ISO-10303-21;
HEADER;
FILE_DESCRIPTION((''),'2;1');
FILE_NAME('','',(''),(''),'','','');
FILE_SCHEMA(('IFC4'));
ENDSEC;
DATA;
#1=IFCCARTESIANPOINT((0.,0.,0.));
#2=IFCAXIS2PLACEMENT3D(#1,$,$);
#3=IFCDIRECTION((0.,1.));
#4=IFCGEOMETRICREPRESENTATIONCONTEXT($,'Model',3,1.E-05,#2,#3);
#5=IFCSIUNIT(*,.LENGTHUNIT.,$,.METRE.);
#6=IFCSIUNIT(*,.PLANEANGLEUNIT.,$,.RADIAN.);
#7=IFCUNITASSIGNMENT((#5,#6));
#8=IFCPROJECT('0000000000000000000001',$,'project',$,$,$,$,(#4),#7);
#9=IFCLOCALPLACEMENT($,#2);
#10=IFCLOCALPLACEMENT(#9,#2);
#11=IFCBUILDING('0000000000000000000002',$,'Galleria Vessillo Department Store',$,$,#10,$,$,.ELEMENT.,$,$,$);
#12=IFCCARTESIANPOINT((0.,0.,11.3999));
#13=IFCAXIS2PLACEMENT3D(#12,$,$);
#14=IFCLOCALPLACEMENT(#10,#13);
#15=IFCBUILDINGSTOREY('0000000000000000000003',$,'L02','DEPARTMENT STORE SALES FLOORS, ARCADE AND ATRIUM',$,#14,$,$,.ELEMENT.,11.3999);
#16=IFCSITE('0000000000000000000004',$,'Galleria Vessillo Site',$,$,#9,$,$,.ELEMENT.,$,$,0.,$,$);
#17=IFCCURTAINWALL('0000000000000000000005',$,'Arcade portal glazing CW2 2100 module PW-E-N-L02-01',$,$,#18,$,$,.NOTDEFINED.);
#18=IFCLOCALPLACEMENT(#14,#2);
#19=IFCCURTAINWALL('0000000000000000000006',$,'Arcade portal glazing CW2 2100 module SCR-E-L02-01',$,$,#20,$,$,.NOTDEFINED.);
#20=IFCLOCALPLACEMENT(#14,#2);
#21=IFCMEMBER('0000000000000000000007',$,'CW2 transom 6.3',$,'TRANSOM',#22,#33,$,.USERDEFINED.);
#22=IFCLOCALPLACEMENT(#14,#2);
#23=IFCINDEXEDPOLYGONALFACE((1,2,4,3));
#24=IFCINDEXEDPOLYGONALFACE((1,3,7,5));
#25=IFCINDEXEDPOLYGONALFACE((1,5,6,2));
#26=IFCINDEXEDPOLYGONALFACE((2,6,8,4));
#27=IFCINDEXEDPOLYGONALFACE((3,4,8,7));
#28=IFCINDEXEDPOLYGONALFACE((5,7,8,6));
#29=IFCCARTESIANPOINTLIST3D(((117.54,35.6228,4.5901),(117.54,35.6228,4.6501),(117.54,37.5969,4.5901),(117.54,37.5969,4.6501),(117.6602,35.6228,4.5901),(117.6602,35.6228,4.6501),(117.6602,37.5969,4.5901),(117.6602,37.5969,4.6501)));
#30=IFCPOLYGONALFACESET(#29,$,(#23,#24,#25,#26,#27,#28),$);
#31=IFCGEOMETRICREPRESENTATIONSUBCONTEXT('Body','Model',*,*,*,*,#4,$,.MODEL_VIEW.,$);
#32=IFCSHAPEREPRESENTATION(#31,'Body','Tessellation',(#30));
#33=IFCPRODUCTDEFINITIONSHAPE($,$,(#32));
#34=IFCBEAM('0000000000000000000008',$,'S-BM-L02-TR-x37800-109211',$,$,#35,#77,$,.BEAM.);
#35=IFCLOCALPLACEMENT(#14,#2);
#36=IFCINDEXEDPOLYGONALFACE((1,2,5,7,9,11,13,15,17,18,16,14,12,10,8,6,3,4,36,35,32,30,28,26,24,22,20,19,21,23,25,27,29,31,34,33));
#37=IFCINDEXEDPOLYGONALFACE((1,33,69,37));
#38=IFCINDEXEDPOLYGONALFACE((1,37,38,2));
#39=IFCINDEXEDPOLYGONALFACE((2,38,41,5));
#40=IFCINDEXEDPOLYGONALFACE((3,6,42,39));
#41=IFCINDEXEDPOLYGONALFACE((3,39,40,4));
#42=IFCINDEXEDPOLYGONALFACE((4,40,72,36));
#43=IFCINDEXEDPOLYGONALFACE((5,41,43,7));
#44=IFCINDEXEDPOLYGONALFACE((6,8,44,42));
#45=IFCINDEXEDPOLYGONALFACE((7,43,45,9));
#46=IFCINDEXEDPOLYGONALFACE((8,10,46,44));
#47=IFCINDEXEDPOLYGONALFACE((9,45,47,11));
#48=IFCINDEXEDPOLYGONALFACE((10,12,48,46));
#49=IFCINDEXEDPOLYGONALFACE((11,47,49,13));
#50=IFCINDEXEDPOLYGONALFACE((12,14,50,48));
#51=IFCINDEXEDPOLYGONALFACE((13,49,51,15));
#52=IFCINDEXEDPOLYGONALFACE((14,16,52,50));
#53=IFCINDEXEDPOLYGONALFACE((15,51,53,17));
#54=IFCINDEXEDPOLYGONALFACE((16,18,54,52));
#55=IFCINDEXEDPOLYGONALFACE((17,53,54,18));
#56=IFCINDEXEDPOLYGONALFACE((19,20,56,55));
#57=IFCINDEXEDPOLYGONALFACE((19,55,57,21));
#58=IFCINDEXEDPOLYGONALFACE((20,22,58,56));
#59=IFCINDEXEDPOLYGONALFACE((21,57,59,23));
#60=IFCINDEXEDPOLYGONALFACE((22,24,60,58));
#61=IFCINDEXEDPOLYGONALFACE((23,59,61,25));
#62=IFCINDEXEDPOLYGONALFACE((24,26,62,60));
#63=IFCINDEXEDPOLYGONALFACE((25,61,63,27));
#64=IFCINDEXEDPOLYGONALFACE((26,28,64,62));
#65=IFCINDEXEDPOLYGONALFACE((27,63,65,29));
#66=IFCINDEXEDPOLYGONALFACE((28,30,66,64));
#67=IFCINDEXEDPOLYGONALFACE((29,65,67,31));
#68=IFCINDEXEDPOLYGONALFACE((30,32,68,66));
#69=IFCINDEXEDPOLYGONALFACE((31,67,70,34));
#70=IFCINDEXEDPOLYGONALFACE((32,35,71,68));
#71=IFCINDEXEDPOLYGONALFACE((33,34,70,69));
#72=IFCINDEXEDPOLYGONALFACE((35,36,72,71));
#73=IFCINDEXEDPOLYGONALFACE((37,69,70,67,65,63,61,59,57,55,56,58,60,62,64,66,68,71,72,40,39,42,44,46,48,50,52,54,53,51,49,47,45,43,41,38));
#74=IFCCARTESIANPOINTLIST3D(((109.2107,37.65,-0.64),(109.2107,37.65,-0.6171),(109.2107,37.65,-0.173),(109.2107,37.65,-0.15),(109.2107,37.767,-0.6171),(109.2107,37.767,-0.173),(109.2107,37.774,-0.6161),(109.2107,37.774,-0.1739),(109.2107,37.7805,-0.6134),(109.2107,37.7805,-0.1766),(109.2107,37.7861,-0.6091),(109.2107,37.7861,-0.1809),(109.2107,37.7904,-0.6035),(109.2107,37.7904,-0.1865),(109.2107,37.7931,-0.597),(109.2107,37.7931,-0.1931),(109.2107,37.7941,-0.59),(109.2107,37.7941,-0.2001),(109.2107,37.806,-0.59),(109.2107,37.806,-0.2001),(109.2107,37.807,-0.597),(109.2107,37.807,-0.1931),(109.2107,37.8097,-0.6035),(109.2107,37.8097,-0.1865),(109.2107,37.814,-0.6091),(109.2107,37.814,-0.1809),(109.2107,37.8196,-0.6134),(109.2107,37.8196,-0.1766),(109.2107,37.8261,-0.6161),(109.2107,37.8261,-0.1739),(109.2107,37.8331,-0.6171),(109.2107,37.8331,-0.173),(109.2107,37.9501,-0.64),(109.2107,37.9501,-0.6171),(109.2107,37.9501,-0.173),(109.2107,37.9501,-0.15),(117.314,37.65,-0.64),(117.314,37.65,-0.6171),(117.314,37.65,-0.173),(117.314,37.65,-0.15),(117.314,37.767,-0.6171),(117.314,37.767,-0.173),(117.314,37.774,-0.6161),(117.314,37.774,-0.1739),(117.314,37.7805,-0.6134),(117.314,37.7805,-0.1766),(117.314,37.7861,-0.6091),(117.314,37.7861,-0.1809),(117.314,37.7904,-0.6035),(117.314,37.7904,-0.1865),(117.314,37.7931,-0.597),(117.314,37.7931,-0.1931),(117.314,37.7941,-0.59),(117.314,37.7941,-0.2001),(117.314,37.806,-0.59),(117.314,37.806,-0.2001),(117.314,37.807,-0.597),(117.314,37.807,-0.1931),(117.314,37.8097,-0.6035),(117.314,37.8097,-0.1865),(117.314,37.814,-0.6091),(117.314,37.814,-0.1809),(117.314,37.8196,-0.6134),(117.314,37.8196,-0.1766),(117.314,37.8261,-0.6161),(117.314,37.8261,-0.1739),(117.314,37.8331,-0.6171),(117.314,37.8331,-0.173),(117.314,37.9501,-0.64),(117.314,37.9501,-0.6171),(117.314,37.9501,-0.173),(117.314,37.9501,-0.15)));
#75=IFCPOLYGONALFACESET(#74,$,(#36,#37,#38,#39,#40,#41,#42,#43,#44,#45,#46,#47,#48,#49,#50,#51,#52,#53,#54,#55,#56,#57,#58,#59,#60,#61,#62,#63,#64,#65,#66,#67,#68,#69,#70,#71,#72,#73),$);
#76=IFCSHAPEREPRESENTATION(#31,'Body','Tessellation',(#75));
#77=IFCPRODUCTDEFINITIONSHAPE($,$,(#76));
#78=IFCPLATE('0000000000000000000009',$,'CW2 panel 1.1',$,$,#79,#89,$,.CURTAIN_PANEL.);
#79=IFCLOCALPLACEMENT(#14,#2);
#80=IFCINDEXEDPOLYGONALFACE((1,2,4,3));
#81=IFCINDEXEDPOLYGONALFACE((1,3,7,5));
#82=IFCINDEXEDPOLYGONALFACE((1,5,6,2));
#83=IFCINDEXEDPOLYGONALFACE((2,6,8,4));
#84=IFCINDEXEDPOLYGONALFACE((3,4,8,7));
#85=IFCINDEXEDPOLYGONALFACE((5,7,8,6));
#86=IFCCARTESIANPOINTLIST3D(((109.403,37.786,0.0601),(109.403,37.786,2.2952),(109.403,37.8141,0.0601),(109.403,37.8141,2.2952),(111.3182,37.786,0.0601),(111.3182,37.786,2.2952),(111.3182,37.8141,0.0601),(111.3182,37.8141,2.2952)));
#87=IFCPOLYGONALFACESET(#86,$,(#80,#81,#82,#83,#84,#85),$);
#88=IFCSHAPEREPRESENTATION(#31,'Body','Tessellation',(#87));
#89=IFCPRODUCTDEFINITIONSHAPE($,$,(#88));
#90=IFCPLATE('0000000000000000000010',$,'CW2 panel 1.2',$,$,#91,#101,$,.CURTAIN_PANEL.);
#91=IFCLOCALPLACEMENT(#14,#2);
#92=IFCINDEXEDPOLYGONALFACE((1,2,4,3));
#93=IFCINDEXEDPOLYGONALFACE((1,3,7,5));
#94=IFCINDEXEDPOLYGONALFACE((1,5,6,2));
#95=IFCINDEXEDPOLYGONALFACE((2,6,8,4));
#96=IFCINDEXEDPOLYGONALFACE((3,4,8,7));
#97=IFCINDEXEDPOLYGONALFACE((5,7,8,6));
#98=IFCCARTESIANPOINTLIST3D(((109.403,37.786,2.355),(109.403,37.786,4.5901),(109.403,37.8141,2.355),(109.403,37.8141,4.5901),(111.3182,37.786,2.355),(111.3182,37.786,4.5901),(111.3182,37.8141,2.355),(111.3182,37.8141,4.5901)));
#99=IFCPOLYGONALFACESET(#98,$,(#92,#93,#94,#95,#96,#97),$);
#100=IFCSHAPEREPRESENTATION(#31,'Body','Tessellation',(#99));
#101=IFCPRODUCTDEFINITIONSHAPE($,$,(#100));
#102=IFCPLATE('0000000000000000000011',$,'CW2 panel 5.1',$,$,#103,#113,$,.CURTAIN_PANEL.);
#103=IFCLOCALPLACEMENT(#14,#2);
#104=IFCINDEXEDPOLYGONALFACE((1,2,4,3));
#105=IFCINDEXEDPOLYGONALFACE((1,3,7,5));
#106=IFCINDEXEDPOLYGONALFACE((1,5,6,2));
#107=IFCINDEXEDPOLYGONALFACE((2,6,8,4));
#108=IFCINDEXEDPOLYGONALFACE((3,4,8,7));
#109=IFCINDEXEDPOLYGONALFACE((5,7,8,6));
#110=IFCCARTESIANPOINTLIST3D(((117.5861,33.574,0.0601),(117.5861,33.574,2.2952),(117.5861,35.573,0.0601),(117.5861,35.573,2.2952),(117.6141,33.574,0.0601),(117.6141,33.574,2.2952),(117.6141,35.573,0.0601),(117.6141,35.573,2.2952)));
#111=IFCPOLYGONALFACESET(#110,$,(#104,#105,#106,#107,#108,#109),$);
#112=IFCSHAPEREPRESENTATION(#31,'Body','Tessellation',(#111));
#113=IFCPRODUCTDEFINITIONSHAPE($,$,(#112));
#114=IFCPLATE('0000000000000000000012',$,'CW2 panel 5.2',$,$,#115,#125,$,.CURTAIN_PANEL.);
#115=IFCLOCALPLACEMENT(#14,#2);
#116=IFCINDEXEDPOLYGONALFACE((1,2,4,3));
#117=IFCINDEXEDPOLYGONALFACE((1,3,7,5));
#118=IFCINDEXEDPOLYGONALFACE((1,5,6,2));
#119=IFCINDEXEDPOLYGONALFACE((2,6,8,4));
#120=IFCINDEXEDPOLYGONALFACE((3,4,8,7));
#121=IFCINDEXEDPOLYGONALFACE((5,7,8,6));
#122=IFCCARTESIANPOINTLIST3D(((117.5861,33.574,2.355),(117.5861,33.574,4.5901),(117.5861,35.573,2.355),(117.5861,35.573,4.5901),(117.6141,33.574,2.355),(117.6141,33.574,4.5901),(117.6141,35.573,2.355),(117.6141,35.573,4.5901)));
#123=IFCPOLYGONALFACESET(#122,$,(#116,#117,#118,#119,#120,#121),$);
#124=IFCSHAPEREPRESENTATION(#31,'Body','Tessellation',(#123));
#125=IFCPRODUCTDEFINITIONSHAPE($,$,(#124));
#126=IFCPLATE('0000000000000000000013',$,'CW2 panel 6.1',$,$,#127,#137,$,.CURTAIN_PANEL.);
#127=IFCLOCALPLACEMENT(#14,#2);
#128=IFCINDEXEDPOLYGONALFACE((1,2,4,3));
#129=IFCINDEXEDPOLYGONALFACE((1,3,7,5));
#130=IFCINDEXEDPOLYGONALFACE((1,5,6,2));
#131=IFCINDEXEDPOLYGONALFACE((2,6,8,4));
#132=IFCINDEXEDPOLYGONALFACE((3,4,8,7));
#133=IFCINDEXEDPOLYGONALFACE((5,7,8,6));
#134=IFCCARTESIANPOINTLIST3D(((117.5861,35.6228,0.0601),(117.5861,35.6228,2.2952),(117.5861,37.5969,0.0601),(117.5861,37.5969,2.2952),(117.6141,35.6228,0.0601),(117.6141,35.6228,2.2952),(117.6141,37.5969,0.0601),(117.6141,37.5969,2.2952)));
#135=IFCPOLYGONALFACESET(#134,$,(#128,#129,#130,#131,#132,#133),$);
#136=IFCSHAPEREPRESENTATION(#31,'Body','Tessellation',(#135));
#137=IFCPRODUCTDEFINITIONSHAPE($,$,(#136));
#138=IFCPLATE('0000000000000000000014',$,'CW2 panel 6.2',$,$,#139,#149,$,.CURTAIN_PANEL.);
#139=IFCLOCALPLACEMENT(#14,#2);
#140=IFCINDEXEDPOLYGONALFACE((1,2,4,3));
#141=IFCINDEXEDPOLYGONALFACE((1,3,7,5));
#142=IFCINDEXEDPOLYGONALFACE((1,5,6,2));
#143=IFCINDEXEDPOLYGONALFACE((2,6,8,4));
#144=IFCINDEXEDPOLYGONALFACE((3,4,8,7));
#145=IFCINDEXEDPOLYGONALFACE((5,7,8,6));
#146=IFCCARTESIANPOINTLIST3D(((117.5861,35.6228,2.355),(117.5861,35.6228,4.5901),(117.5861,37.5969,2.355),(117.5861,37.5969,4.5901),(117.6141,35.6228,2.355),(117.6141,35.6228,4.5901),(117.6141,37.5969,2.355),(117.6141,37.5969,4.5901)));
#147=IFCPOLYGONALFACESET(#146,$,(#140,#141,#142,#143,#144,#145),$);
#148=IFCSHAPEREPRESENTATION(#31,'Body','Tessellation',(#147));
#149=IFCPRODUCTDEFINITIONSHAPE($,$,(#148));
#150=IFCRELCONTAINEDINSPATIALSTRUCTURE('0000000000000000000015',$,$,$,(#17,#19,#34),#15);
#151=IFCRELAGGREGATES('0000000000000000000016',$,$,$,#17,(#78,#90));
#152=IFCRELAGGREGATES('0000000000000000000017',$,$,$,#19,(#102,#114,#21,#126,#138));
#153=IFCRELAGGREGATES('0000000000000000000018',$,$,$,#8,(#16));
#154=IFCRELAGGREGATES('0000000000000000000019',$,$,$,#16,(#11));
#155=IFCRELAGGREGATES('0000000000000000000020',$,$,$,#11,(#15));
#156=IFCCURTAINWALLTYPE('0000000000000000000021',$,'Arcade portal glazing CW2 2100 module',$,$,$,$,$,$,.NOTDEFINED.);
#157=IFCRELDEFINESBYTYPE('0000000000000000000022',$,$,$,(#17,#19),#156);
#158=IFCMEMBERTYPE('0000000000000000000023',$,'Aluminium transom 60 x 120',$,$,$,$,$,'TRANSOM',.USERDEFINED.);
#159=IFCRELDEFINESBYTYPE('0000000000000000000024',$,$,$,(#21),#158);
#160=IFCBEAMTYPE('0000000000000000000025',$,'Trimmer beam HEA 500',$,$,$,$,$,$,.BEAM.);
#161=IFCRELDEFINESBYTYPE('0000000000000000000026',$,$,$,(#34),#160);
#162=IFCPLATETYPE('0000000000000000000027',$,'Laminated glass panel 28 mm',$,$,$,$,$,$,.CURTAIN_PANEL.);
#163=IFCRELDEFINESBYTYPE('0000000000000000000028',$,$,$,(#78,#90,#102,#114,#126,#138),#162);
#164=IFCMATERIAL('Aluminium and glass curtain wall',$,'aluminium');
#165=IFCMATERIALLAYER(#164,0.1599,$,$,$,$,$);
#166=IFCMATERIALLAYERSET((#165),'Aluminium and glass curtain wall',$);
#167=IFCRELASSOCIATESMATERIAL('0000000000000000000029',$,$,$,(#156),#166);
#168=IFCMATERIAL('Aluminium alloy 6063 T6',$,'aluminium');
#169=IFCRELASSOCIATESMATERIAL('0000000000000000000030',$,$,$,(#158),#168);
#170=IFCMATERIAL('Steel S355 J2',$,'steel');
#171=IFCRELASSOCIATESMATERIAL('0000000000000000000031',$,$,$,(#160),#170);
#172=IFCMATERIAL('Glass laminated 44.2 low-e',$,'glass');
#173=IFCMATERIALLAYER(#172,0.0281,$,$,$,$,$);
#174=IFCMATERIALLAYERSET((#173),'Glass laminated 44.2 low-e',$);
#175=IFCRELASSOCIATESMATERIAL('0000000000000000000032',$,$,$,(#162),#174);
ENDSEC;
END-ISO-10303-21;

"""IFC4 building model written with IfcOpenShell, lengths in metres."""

from ifc_helpers import new_model, si_unit, direction, frame, origin, origin_2d, place, context, subcontext, project, spatial, rectangle, i_section, extrude, material, layer, layer_set, material_profile, profile_set, type_object, element, aggregate, save


model = new_model("IFC4")

# Units and contexts
model_context = context("Model", 3, precision=1e-05, world=origin(), true_north=direction((0.0, 1.0)))
body_context = subcontext(model_context, "Body", "Model", "MODEL_VIEW")
ifc_project = project(units=[si_unit("LENGTHUNIT", "METRE"), si_unit("PLANEANGLEUNIT", "RADIAN")], contexts=[model_context])

# Site, building, storey
site_placement = place(None, origin())
site = spatial("IfcSite", under=ifc_project, at=site_placement, Name="Galleria Vessillo Site", CompositionType="ELEMENT", RefElevation=0.0)
building_placement = place(site_placement, origin())
building = spatial("IfcBuilding", under=site, at=building_placement, Name="Galleria Vessillo Department Store", CompositionType="ELEMENT")
storey_placement = place(building_placement, frame((0.0, 0.0, 11.3999)))
storey = spatial("IfcBuildingStorey", under=building, at=storey_placement, Name="L02", Description="DEPARTMENT STORE SALES FLOORS, ARCADE AND ATRIUM", CompositionType="ELEMENT", Elevation=11.3999)

# Curtain walls
ifc_material_1 = material(Name="Aluminium and glass curtain wall", Category="aluminium")
ifc_layer_1 = layer(ifc_material_1, 0.1599)
ifc_layer_set_1 = layer_set([ifc_layer_1], Name="Aluminium and glass curtain wall")
curtain_wall_type = type_object("IfcCurtainWallType", Name="Arcade portal glazing CW2 2100 module", PredefinedType="NOTDEFINED", material=ifc_layer_set_1)
curtain_wall_1_placement = place(storey_placement, origin())
curtain_wall_1 = element("IfcCurtainWall", 1, at=curtain_wall_1_placement, inside=storey, type_object=curtain_wall_type, Name="Arcade portal glazing CW2 2100 module PW-E-N-L02-01", PredefinedType="NOTDEFINED")
curtain_wall_2_placement = place(storey_placement, origin())
curtain_wall_2 = element("IfcCurtainWall", 2, at=curtain_wall_2_placement, inside=storey, type_object=curtain_wall_type, Name="Arcade portal glazing CW2 2100 module SCR-E-L02-01", PredefinedType="NOTDEFINED")

# Member
ifc_material_2 = material(Name="Aluminium alloy 6063 T6", Category="aluminium")
ifc_material_profile_1 = material_profile(ifc_material_2, rectangle(XDim=0.1201, YDim=0.0601, at=origin_2d()), Name="AL 60x120")
ifc_profile_set_1 = profile_set([ifc_material_profile_1], Name="Aluminium alloy 6063 T6")
member_type_1 = type_object("IfcMemberType", Name="Aluminium transom 60 x 120", ElementType="TRANSOM", PredefinedType="USERDEFINED", material=ifc_profile_set_1)
member_1_placement = place(storey_placement, frame((117.6001, 35.6228, 4.6201), z_axis=(0.0, 1.0, 0.0), x_axis=(-1.0, 0.0, 0.0)))
member_1 = element("IfcMember", 3, at=member_1_placement, type_object=member_type_1, Name="CW2 transom 6.3", ObjectType="TRANSOM", PredefinedType="USERDEFINED", context=body_context, shape_type="SweptSolid", body=[
    extrude(rectangle(XDim=0.1201, YDim=0.0601, at=origin_2d()), origin(), (0.0, 0.0, 1.0), 1.9741),
])

# Beam
ifc_material_3 = material(Name="Steel S355 J2", Category="steel")
ifc_material_profile_2 = material_profile(ifc_material_3, i_section(OverallWidth=0.3, OverallDepth=0.49, WebThickness=0.012, FlangeThickness=0.0229, FilletRadius=0.0271, at=origin_2d()), Name="HEA 500")
ifc_profile_set_2 = profile_set([ifc_material_profile_2], Name="Steel S355 J2")
beam_type = type_object("IfcBeamType", Name="Trimmer beam HEA 500", PredefinedType="BEAM", material=ifc_profile_set_2)
beam_placement = place(storey_placement, frame((109.2107, 37.8, -0.395), z_axis=(1.0, 0.0, 0.0), x_axis=(0.0, 1.0, 0.0)))
element("IfcBeam", 4, at=beam_placement, inside=storey, type_object=beam_type, Name="S-BM-L02-TR-x37800-109211", PredefinedType="BEAM", context=body_context, shape_type="SweptSolid", body=[
    extrude(i_section(OverallWidth=0.3, OverallDepth=0.49, WebThickness=0.012, FlangeThickness=0.0229, FilletRadius=0.0271, at=origin_2d()), origin(), (0.0, 0.0, 1.0), 8.1033),
])

# Plates
ifc_material_4 = material(Name="Glass laminated 44.2 low-e", Category="glass")
ifc_layer_2 = layer(ifc_material_4, 0.0281)
ifc_layer_set_2 = layer_set([ifc_layer_2], Name="Glass laminated 44.2 low-e")
plate_type = type_object("IfcPlateType", Name="Laminated glass panel 28 mm", PredefinedType="CURTAIN_PANEL", material=ifc_layer_set_2)
plate_1_placement = place(storey_placement, frame((110.3606, 37.8, 0.0601), z_axis=(0.0, 0.0, 1.0), x_axis=(1.0, 0.0, 0.0)))
plate_1 = element("IfcPlate", 5, at=plate_1_placement, type_object=plate_type, Name="CW2 panel 1.1", PredefinedType="CURTAIN_PANEL", context=body_context, shape_type="SweptSolid", body=[
    extrude(rectangle(XDim=1.9153, YDim=0.0281, at=origin_2d()), origin(), (0.0, 0.0, 1.0), 2.2351),
])
plate_2_placement = place(storey_placement, frame((110.3606, 37.8, 2.355), z_axis=(0.0, 0.0, 1.0), x_axis=(1.0, 0.0, 0.0)))
plate_2 = element("IfcPlate", 6, at=plate_2_placement, type_object=plate_type, Name="CW2 panel 1.2", PredefinedType="CURTAIN_PANEL", context=body_context, shape_type="SweptSolid", body=[
    extrude(rectangle(XDim=1.9153, YDim=0.0281, at=origin_2d()), origin(), (0.0, 0.0, 1.0), 2.2351),
])
aggregate(curtain_wall_1, [plate_1, plate_2])
plate_3_placement = place(storey_placement, frame((117.6001, 34.5735, 0.0601), z_axis=(0.0, 0.0, 1.0), x_axis=(0.0, 1.0, 0.0)))
plate_3 = element("IfcPlate", 7, at=plate_3_placement, type_object=plate_type, Name="CW2 panel 5.1", PredefinedType="CURTAIN_PANEL", context=body_context, shape_type="SweptSolid", body=[
    extrude(rectangle(XDim=1.999, YDim=0.0281, at=origin_2d()), origin(), (0.0, 0.0, 1.0), 2.2351),
])
plate_4_placement = place(storey_placement, frame((117.6001, 34.5735, 2.355), z_axis=(0.0, 0.0, 1.0), x_axis=(0.0, 1.0, 0.0)))
plate_4 = element("IfcPlate", 8, at=plate_4_placement, type_object=plate_type, Name="CW2 panel 5.2", PredefinedType="CURTAIN_PANEL", context=body_context, shape_type="SweptSolid", body=[
    extrude(rectangle(XDim=1.999, YDim=0.0281, at=origin_2d()), origin(), (0.0, 0.0, 1.0), 2.2351),
])
plate_5_placement = place(storey_placement, frame((117.6001, 36.6099, 0.0601), z_axis=(0.0, 0.0, 1.0), x_axis=(0.0, 1.0, 0.0)))
plate_5 = element("IfcPlate", 9, at=plate_5_placement, type_object=plate_type, Name="CW2 panel 6.1", PredefinedType="CURTAIN_PANEL", context=body_context, shape_type="SweptSolid", body=[
    extrude(rectangle(XDim=1.9741, YDim=0.0281, at=origin_2d()), origin(), (0.0, 0.0, 1.0), 2.2351),
])
plate_6_placement = place(storey_placement, frame((117.6001, 36.6099, 2.355), z_axis=(0.0, 0.0, 1.0), x_axis=(0.0, 1.0, 0.0)))
plate_6 = element("IfcPlate", 10, at=plate_6_placement, type_object=plate_type, Name="CW2 panel 6.2", PredefinedType="CURTAIN_PANEL", context=body_context, shape_type="SweptSolid", body=[
    extrude(rectangle(XDim=1.9741, YDim=0.0281, at=origin_2d()), origin(), (0.0, 0.0, 1.0), 2.2351),
])
aggregate(curtain_wall_2, [plate_3, plate_4, member_1, plate_5, plate_6])

save(model, "model.ifc")
